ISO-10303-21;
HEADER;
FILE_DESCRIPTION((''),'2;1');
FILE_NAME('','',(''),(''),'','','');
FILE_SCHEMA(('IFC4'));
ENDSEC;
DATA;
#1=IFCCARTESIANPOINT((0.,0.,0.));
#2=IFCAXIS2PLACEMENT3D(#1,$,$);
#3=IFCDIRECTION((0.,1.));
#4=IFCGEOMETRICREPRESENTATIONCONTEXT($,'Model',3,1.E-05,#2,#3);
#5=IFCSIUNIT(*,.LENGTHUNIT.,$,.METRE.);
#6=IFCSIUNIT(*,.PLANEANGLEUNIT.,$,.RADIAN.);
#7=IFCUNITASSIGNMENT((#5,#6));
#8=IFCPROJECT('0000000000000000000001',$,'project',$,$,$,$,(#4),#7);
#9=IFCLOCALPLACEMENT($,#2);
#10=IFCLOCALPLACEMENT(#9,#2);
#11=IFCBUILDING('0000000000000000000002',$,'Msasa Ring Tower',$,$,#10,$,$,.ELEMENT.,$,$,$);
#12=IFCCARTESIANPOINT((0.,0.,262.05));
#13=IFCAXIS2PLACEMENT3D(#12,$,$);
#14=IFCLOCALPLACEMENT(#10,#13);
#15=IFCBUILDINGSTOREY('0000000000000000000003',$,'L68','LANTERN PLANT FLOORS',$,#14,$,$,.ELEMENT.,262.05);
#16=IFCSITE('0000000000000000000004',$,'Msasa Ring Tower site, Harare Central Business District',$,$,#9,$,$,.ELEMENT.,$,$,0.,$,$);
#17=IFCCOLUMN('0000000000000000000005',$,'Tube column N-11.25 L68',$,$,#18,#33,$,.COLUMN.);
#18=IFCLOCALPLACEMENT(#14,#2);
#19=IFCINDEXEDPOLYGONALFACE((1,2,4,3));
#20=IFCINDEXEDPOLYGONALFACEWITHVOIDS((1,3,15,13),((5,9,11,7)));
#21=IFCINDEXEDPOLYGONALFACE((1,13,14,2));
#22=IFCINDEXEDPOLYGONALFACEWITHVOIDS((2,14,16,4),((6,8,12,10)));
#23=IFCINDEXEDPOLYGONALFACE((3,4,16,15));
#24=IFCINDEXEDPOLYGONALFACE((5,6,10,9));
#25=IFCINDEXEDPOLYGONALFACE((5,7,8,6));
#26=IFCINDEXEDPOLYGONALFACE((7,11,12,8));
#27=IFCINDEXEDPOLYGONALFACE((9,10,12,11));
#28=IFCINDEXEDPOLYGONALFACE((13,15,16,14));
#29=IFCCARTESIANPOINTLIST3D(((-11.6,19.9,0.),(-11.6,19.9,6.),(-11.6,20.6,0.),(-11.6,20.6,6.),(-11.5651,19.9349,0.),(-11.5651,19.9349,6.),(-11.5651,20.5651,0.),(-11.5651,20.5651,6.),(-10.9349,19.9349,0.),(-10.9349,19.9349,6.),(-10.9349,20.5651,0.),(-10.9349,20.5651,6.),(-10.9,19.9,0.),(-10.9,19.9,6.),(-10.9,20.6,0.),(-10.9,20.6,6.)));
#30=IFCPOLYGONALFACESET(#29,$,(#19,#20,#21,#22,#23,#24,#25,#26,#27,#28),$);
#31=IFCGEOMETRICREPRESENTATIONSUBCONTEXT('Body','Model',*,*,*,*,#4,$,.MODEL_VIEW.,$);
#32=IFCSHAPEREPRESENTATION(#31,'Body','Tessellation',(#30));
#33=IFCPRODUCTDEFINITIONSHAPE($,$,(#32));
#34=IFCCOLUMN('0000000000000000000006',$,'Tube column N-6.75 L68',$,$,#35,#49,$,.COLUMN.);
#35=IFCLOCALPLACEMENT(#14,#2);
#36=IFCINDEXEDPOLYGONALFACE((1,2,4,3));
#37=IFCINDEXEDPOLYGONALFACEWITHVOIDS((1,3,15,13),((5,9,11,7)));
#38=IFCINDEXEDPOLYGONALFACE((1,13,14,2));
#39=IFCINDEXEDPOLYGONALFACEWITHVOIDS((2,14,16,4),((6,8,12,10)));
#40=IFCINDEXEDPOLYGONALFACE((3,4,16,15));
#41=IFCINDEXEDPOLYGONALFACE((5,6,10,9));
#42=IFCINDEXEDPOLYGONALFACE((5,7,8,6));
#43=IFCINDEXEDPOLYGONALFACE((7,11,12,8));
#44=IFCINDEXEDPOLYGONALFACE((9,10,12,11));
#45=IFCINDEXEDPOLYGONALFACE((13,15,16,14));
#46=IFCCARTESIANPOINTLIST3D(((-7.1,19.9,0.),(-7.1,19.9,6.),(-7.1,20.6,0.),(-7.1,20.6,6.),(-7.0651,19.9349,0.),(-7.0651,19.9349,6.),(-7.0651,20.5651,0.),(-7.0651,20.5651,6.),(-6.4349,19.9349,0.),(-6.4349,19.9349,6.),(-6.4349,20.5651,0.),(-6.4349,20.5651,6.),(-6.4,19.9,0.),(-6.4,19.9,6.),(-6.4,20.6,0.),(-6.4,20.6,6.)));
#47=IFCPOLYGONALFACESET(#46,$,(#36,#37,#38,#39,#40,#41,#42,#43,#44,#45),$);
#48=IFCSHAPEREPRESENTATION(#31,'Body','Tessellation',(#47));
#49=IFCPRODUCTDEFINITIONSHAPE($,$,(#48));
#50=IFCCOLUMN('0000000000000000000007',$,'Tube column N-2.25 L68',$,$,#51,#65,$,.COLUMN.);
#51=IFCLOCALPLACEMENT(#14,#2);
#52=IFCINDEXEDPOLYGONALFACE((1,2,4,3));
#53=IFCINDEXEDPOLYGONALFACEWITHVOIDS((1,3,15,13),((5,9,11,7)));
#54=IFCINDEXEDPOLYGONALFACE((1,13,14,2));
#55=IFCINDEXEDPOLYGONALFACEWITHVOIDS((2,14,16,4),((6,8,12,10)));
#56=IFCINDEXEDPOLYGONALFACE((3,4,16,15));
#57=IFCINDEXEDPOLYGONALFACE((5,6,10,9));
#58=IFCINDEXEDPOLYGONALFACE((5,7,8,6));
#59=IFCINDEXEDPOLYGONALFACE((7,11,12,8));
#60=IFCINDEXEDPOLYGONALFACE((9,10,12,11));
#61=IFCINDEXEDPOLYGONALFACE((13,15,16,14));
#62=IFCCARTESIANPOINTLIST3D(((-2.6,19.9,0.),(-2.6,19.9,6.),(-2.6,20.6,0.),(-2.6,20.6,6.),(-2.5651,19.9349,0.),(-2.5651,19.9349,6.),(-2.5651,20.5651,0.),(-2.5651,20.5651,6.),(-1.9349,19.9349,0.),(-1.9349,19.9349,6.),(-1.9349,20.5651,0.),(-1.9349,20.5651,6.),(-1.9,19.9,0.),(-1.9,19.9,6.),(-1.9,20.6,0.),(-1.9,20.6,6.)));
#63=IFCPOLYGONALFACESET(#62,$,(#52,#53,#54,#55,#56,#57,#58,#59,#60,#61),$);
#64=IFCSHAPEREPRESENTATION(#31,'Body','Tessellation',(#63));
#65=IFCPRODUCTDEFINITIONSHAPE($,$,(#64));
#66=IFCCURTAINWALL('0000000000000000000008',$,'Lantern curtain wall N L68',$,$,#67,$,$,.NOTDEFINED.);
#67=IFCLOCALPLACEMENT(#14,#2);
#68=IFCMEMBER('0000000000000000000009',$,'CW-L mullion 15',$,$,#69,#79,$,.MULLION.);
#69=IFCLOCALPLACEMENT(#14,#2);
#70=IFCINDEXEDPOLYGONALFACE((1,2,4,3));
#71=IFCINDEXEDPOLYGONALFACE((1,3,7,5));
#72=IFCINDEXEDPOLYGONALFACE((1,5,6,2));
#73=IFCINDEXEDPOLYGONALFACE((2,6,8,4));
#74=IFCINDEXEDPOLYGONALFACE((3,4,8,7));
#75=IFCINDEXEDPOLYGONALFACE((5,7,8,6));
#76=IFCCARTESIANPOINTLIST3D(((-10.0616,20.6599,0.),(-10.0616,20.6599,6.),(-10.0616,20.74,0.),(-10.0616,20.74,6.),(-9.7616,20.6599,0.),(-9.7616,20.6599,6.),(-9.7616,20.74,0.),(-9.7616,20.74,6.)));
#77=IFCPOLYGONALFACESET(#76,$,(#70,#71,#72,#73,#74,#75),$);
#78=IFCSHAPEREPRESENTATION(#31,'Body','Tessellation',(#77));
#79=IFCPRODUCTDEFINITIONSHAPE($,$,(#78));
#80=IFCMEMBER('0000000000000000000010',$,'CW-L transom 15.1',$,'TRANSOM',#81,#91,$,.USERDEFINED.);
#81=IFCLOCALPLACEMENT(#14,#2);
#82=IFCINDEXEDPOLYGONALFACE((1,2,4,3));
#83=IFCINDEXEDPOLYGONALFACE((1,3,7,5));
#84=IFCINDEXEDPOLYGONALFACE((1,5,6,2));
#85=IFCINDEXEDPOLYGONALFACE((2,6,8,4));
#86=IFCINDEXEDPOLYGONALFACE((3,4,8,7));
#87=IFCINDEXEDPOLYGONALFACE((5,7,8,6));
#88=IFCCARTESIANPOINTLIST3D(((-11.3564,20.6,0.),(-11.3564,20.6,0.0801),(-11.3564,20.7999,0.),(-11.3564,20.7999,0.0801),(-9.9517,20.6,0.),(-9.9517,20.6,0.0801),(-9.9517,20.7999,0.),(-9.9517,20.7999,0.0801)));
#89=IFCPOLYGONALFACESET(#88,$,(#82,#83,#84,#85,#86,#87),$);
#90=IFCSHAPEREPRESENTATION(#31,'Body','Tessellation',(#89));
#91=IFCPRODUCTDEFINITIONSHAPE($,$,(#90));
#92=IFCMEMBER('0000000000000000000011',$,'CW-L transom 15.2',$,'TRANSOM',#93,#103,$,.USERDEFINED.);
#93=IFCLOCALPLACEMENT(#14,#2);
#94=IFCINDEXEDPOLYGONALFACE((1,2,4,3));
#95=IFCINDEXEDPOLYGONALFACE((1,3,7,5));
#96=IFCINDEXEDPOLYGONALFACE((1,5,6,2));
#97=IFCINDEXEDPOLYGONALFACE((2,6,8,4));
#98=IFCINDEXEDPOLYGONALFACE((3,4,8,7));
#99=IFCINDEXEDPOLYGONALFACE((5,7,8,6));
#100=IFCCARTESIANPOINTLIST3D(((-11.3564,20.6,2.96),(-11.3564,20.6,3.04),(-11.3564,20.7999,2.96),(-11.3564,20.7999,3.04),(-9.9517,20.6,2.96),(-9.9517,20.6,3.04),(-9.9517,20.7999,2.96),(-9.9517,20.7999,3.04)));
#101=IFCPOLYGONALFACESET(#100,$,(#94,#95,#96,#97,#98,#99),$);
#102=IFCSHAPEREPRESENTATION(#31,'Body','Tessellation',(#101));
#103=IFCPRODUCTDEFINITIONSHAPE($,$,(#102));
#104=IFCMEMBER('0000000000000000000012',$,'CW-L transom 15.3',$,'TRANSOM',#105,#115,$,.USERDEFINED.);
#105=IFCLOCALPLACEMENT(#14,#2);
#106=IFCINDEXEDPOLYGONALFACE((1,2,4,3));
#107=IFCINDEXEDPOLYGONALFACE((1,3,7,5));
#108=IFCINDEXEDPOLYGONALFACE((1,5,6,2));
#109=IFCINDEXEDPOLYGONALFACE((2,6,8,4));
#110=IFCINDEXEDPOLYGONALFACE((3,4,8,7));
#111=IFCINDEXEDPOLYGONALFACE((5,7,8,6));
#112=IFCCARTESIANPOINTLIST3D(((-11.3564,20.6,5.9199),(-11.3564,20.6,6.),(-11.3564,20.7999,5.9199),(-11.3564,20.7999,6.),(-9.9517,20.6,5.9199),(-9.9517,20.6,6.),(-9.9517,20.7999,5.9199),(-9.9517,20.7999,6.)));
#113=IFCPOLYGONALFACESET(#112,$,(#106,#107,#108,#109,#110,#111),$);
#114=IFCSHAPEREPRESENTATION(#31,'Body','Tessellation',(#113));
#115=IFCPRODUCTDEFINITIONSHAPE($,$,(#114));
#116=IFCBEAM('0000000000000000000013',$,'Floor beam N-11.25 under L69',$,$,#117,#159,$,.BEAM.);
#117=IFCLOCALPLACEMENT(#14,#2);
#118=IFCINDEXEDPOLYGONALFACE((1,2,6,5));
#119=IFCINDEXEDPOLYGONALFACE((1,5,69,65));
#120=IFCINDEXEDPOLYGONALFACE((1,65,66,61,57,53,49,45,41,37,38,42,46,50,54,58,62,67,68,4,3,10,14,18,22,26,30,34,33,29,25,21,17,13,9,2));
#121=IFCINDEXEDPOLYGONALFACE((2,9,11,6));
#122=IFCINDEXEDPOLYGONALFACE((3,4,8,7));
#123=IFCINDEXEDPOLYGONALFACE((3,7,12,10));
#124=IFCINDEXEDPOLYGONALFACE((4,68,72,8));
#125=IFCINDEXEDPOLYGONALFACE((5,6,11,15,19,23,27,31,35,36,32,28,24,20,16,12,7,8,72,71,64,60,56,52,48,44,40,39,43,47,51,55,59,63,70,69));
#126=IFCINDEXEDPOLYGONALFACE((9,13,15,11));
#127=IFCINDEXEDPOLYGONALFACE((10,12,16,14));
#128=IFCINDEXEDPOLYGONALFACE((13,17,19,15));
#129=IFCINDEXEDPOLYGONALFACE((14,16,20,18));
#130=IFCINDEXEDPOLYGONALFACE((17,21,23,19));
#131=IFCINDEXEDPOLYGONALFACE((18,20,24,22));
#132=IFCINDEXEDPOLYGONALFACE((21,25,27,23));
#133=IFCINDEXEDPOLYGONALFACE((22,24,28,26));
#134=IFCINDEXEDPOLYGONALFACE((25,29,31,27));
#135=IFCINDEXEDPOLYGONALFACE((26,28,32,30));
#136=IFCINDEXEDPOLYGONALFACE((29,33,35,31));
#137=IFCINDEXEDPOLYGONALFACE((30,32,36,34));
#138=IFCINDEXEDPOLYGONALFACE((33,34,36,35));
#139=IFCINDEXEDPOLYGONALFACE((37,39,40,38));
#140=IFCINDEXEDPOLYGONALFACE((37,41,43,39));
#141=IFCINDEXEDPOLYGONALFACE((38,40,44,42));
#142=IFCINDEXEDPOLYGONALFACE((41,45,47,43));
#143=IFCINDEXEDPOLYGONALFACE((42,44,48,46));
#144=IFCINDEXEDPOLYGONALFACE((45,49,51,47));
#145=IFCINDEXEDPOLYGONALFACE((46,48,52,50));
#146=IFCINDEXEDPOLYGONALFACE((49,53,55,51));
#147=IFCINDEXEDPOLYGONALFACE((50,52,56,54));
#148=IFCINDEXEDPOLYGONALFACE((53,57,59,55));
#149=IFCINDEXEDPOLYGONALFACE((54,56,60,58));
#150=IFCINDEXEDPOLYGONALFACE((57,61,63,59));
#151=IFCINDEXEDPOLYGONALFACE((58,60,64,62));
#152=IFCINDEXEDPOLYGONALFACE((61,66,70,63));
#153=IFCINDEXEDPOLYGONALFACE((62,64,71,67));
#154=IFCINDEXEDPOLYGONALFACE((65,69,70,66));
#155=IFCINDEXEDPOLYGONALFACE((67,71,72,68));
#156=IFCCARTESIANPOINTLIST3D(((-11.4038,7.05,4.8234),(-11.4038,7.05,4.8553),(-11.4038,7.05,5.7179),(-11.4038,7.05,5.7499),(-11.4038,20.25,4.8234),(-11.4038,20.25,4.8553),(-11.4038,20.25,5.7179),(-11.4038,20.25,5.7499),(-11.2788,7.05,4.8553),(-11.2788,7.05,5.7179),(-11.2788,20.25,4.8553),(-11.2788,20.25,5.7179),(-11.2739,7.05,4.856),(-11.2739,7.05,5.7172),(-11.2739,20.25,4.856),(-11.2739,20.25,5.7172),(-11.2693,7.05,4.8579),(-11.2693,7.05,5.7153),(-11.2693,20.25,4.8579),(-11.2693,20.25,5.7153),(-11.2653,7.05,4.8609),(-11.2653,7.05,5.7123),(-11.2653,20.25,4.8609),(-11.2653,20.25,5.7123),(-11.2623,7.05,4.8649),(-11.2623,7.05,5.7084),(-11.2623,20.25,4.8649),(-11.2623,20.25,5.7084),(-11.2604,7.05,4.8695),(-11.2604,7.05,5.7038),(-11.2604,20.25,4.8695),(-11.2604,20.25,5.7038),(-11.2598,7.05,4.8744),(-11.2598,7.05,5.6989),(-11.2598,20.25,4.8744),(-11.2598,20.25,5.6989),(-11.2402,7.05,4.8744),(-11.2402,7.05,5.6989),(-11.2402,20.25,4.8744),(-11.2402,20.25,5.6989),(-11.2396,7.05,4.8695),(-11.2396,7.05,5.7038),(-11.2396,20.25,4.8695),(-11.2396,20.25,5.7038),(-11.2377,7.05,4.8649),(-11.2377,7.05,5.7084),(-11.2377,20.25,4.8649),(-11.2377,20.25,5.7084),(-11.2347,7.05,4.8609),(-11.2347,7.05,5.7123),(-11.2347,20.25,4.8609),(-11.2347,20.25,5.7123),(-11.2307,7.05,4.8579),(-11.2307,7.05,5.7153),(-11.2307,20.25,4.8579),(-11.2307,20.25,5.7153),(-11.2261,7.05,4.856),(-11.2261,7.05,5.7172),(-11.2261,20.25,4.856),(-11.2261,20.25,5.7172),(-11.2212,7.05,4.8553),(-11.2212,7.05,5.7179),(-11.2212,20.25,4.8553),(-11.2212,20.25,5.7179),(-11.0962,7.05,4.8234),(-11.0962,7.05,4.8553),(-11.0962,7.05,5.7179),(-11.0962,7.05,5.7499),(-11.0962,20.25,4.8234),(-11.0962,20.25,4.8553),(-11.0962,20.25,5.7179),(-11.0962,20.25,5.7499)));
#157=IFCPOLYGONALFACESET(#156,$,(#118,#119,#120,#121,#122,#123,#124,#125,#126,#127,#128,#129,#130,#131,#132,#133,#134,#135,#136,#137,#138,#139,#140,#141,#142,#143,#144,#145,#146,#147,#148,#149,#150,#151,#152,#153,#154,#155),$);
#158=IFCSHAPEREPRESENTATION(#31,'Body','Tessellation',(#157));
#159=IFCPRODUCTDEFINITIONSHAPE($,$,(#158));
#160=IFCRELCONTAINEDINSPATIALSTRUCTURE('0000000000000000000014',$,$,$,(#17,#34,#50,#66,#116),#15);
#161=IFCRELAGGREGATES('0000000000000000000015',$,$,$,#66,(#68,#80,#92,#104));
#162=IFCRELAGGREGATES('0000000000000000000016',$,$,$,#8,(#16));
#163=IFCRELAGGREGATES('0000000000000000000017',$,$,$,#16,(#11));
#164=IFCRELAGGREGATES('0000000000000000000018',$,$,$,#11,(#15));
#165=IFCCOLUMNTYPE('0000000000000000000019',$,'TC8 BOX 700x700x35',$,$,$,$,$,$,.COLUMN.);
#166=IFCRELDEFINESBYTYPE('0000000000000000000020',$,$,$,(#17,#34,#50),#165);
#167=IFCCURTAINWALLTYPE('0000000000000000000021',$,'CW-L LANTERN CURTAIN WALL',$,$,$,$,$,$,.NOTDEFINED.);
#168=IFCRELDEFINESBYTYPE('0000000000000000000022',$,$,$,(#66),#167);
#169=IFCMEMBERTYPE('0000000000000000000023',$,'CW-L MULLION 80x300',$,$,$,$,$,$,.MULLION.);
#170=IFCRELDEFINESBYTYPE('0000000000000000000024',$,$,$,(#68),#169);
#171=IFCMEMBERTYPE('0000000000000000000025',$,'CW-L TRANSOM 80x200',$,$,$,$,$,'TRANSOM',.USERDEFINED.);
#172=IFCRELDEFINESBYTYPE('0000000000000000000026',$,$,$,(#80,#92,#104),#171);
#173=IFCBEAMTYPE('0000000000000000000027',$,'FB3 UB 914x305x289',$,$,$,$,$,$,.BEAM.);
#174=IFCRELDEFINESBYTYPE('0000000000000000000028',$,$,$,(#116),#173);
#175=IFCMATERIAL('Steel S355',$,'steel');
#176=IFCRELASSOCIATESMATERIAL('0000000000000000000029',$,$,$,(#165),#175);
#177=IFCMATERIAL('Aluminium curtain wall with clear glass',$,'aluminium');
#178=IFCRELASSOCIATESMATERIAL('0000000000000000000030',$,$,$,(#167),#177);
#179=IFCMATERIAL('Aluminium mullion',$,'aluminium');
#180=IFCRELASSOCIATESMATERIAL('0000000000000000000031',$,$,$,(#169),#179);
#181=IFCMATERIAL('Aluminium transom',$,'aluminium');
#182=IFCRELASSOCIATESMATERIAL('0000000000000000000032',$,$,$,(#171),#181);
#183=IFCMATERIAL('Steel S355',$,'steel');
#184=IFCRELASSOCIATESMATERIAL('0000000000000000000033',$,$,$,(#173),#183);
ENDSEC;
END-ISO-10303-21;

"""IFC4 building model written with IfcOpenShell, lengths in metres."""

from ifc_helpers import new_model, si_unit, direction, frame, origin, origin_2d, place, context, subcontext, project, spatial, rectangle, hollow_rectangle, i_section, extrude, material, material_profile, profile_set, type_object, element, aggregate, save


model = new_model("IFC4")

# Units and contexts
model_context = context("Model", 3, precision=1e-05, world=origin(), true_north=direction((0.0, 1.0)))
body_context = subcontext(model_context, "Body", "Model", "MODEL_VIEW")
ifc_project = project(units=[si_unit("LENGTHUNIT", "METRE"), si_unit("PLANEANGLEUNIT", "RADIAN")], contexts=[model_context])

# Site, building, storey
site_placement = place(None, origin())
site = spatial("IfcSite", under=ifc_project, at=site_placement, Name="Msasa Ring Tower site, Harare Central Business District", CompositionType="ELEMENT", RefElevation=0.0)
building_placement = place(site_placement, origin())
building = spatial("IfcBuilding", under=site, at=building_placement, Name="Msasa Ring Tower", CompositionType="ELEMENT")
storey_placement = place(building_placement, frame((0.0, 0.0, 262.05)))
storey = spatial("IfcBuildingStorey", under=building, at=storey_placement, Name="L68", Description="LANTERN PLANT FLOORS", CompositionType="ELEMENT", Elevation=262.05)

# Columns
ifc_material_1 = material(Name="Steel S355", Category="steel")
ifc_material_profile_1 = material_profile(ifc_material_1, hollow_rectangle(XDim=0.7, YDim=0.7, WallThickness=0.0349, at=origin_2d()), Name="BOX 700x700x35")
ifc_profile_set_1 = profile_set([ifc_material_profile_1], Name="Steel S355")
column_type = type_object("IfcColumnType", Name="TC8 BOX 700x700x35", PredefinedType="COLUMN", material=ifc_profile_set_1)
for number, where, z_axis, x_axis, name in (
    (1, (-11.25, 20.25, 0.0), (0.0, 0.0, 1.0), (0.0, 1.0, 0.0), "Tube column N-11.25 L68"),
    (2, (-6.75, 20.25, 0.0), (0.0, 0.0, 1.0), (0.0, 1.0, 0.0), "Tube column N-6.75 L68"),
    (3, (-2.25, 20.25, 0.0), (0.0, 0.0, 1.0), (0.0, 1.0, 0.0), "Tube column N-2.25 L68"),
):
    element("IfcColumn", number, at=place(storey_placement, frame(where, z_axis=z_axis, x_axis=x_axis)), inside=storey, type_object=column_type, Name=name, PredefinedType="COLUMN", context=body_context, shape_type="SweptSolid", body=[
        extrude(hollow_rectangle(XDim=0.7, YDim=0.7, WallThickness=0.0349, at=origin_2d()), origin(), (0.0, 0.0, 1.0), 6.0),
    ])

# Curtain wall, members
ifc_material_2 = material(Name="Aluminium curtain wall with clear glass", Category="aluminium")
curtain_wall_type = type_object("IfcCurtainWallType", Name="CW-L LANTERN CURTAIN WALL", PredefinedType="NOTDEFINED", material=ifc_material_2)
curtain_wall_placement = place(storey_placement, origin())
curtain_wall = element("IfcCurtainWall", 4, at=curtain_wall_placement, inside=storey, type_object=curtain_wall_type, Name="Lantern curtain wall N L68", PredefinedType="NOTDEFINED")
ifc_material_3 = material(Name="Aluminium mullion", Category="aluminium")
ifc_material_profile_2 = material_profile(ifc_material_3, rectangle(XDim=0.0801, YDim=0.3, at=origin_2d()), Name="AL 80x300")
ifc_profile_set_2 = profile_set([ifc_material_profile_2], Name="Aluminium mullion")
member_type_1 = type_object("IfcMemberType", Name="CW-L MULLION 80x300", PredefinedType="MULLION", material=ifc_profile_set_2)
member_1_placement = place(storey_placement, frame((-9.9116, 20.7, 0.0), z_axis=(0.0, 0.0, 1.0), x_axis=(0.0, -1.0, 0.0)))
member_1 = element("IfcMember", 5, at=member_1_placement, type_object=member_type_1, Name="CW-L mullion 15", PredefinedType="MULLION", context=body_context, shape_type="SweptSolid", body=[
    extrude(rectangle(XDim=0.0801, YDim=0.3, at=origin_2d()), origin(), (0.0, 0.0, 1.0), 6.0),
])
ifc_material_4 = material(Name="Aluminium transom", Category="aluminium")
ifc_material_profile_3 = material_profile(ifc_material_4, rectangle(XDim=0.2, YDim=0.0801, at=origin_2d()), Name="AL 80x200")
ifc_profile_set_3 = profile_set([ifc_material_profile_3], Name="Aluminium transom")
member_type_2 = type_object("IfcMemberType", Name="CW-L TRANSOM 80x200", ElementType="TRANSOM", PredefinedType="USERDEFINED", material=ifc_profile_set_3)
member_2_placement = place(storey_placement, frame((-9.9517, 20.7, 0.04), z_axis=(-1.0, 0.0, 0.0), x_axis=(0.0, -1.0, 0.0)))
member_2 = element("IfcMember", 6, at=member_2_placement, type_object=member_type_2, Name="CW-L transom 15.1", ObjectType="TRANSOM", PredefinedType="USERDEFINED", context=body_context, shape_type="SweptSolid", body=[
    extrude(rectangle(XDim=0.2, YDim=0.0801, at=origin_2d()), origin(), (0.0, 0.0, 1.0), 1.4048),
])
member_3_placement = place(storey_placement, frame((-9.9517, 20.7, 3.0), z_axis=(-1.0, 0.0, 0.0), x_axis=(0.0, -1.0, 0.0)))
member_3 = element("IfcMember", 7, at=member_3_placement, type_object=member_type_2, Name="CW-L transom 15.2", ObjectType="TRANSOM", PredefinedType="USERDEFINED", context=body_context, shape_type="SweptSolid", body=[
    extrude(rectangle(XDim=0.2, YDim=0.0801, at=origin_2d()), origin(), (0.0, 0.0, 1.0), 1.4048),
])
member_4_placement = place(storey_placement, frame((-9.9517, 20.7, 5.96), z_axis=(-1.0, 0.0, 0.0), x_axis=(0.0, -1.0, 0.0)))
member_4 = element("IfcMember", 8, at=member_4_placement, type_object=member_type_2, Name="CW-L transom 15.3", ObjectType="TRANSOM", PredefinedType="USERDEFINED", context=body_context, shape_type="SweptSolid", body=[
    extrude(rectangle(XDim=0.2, YDim=0.0801, at=origin_2d()), origin(), (0.0, 0.0, 1.0), 1.4048),
])

# Beam
ifc_material_5 = material(Name="Steel S355", Category="steel")
ifc_material_profile_4 = material_profile(ifc_material_5, i_section(OverallWidth=0.3076, OverallDepth=0.9265, WebThickness=0.0195, FlangeThickness=0.032, FilletRadius=0.019, at=origin_2d()), Name="UB 914x305x289")
ifc_profile_set_4 = profile_set([ifc_material_profile_4], Name="Steel S355")
beam_type_1 = type_object("IfcBeamType", Name="FB3 UB 914x305x289", PredefinedType="BEAM", material=ifc_profile_set_4)
beam_1_placement = place(storey_placement, frame((-11.25, 20.25, 5.2866), z_axis=(0.0, -1.0, 0.0), x_axis=(1.0, 0.0, 0.0)))
element("IfcBeam", 9, at=beam_1_placement, inside=storey, type_object=beam_type_1, Name="Floor beam N-11.25 under L69", PredefinedType="BEAM", context=body_context, shape_type="SweptSolid", body=[
    extrude(i_section(OverallWidth=0.3076, OverallDepth=0.9265, WebThickness=0.0195, FlangeThickness=0.032, FilletRadius=0.019, at=origin_2d()), origin(), (0.0, 0.0, 1.0), 13.2),
])

aggregate(curtain_wall, [member_1, member_2, member_3, member_4])

save(model, "model.ifc")
